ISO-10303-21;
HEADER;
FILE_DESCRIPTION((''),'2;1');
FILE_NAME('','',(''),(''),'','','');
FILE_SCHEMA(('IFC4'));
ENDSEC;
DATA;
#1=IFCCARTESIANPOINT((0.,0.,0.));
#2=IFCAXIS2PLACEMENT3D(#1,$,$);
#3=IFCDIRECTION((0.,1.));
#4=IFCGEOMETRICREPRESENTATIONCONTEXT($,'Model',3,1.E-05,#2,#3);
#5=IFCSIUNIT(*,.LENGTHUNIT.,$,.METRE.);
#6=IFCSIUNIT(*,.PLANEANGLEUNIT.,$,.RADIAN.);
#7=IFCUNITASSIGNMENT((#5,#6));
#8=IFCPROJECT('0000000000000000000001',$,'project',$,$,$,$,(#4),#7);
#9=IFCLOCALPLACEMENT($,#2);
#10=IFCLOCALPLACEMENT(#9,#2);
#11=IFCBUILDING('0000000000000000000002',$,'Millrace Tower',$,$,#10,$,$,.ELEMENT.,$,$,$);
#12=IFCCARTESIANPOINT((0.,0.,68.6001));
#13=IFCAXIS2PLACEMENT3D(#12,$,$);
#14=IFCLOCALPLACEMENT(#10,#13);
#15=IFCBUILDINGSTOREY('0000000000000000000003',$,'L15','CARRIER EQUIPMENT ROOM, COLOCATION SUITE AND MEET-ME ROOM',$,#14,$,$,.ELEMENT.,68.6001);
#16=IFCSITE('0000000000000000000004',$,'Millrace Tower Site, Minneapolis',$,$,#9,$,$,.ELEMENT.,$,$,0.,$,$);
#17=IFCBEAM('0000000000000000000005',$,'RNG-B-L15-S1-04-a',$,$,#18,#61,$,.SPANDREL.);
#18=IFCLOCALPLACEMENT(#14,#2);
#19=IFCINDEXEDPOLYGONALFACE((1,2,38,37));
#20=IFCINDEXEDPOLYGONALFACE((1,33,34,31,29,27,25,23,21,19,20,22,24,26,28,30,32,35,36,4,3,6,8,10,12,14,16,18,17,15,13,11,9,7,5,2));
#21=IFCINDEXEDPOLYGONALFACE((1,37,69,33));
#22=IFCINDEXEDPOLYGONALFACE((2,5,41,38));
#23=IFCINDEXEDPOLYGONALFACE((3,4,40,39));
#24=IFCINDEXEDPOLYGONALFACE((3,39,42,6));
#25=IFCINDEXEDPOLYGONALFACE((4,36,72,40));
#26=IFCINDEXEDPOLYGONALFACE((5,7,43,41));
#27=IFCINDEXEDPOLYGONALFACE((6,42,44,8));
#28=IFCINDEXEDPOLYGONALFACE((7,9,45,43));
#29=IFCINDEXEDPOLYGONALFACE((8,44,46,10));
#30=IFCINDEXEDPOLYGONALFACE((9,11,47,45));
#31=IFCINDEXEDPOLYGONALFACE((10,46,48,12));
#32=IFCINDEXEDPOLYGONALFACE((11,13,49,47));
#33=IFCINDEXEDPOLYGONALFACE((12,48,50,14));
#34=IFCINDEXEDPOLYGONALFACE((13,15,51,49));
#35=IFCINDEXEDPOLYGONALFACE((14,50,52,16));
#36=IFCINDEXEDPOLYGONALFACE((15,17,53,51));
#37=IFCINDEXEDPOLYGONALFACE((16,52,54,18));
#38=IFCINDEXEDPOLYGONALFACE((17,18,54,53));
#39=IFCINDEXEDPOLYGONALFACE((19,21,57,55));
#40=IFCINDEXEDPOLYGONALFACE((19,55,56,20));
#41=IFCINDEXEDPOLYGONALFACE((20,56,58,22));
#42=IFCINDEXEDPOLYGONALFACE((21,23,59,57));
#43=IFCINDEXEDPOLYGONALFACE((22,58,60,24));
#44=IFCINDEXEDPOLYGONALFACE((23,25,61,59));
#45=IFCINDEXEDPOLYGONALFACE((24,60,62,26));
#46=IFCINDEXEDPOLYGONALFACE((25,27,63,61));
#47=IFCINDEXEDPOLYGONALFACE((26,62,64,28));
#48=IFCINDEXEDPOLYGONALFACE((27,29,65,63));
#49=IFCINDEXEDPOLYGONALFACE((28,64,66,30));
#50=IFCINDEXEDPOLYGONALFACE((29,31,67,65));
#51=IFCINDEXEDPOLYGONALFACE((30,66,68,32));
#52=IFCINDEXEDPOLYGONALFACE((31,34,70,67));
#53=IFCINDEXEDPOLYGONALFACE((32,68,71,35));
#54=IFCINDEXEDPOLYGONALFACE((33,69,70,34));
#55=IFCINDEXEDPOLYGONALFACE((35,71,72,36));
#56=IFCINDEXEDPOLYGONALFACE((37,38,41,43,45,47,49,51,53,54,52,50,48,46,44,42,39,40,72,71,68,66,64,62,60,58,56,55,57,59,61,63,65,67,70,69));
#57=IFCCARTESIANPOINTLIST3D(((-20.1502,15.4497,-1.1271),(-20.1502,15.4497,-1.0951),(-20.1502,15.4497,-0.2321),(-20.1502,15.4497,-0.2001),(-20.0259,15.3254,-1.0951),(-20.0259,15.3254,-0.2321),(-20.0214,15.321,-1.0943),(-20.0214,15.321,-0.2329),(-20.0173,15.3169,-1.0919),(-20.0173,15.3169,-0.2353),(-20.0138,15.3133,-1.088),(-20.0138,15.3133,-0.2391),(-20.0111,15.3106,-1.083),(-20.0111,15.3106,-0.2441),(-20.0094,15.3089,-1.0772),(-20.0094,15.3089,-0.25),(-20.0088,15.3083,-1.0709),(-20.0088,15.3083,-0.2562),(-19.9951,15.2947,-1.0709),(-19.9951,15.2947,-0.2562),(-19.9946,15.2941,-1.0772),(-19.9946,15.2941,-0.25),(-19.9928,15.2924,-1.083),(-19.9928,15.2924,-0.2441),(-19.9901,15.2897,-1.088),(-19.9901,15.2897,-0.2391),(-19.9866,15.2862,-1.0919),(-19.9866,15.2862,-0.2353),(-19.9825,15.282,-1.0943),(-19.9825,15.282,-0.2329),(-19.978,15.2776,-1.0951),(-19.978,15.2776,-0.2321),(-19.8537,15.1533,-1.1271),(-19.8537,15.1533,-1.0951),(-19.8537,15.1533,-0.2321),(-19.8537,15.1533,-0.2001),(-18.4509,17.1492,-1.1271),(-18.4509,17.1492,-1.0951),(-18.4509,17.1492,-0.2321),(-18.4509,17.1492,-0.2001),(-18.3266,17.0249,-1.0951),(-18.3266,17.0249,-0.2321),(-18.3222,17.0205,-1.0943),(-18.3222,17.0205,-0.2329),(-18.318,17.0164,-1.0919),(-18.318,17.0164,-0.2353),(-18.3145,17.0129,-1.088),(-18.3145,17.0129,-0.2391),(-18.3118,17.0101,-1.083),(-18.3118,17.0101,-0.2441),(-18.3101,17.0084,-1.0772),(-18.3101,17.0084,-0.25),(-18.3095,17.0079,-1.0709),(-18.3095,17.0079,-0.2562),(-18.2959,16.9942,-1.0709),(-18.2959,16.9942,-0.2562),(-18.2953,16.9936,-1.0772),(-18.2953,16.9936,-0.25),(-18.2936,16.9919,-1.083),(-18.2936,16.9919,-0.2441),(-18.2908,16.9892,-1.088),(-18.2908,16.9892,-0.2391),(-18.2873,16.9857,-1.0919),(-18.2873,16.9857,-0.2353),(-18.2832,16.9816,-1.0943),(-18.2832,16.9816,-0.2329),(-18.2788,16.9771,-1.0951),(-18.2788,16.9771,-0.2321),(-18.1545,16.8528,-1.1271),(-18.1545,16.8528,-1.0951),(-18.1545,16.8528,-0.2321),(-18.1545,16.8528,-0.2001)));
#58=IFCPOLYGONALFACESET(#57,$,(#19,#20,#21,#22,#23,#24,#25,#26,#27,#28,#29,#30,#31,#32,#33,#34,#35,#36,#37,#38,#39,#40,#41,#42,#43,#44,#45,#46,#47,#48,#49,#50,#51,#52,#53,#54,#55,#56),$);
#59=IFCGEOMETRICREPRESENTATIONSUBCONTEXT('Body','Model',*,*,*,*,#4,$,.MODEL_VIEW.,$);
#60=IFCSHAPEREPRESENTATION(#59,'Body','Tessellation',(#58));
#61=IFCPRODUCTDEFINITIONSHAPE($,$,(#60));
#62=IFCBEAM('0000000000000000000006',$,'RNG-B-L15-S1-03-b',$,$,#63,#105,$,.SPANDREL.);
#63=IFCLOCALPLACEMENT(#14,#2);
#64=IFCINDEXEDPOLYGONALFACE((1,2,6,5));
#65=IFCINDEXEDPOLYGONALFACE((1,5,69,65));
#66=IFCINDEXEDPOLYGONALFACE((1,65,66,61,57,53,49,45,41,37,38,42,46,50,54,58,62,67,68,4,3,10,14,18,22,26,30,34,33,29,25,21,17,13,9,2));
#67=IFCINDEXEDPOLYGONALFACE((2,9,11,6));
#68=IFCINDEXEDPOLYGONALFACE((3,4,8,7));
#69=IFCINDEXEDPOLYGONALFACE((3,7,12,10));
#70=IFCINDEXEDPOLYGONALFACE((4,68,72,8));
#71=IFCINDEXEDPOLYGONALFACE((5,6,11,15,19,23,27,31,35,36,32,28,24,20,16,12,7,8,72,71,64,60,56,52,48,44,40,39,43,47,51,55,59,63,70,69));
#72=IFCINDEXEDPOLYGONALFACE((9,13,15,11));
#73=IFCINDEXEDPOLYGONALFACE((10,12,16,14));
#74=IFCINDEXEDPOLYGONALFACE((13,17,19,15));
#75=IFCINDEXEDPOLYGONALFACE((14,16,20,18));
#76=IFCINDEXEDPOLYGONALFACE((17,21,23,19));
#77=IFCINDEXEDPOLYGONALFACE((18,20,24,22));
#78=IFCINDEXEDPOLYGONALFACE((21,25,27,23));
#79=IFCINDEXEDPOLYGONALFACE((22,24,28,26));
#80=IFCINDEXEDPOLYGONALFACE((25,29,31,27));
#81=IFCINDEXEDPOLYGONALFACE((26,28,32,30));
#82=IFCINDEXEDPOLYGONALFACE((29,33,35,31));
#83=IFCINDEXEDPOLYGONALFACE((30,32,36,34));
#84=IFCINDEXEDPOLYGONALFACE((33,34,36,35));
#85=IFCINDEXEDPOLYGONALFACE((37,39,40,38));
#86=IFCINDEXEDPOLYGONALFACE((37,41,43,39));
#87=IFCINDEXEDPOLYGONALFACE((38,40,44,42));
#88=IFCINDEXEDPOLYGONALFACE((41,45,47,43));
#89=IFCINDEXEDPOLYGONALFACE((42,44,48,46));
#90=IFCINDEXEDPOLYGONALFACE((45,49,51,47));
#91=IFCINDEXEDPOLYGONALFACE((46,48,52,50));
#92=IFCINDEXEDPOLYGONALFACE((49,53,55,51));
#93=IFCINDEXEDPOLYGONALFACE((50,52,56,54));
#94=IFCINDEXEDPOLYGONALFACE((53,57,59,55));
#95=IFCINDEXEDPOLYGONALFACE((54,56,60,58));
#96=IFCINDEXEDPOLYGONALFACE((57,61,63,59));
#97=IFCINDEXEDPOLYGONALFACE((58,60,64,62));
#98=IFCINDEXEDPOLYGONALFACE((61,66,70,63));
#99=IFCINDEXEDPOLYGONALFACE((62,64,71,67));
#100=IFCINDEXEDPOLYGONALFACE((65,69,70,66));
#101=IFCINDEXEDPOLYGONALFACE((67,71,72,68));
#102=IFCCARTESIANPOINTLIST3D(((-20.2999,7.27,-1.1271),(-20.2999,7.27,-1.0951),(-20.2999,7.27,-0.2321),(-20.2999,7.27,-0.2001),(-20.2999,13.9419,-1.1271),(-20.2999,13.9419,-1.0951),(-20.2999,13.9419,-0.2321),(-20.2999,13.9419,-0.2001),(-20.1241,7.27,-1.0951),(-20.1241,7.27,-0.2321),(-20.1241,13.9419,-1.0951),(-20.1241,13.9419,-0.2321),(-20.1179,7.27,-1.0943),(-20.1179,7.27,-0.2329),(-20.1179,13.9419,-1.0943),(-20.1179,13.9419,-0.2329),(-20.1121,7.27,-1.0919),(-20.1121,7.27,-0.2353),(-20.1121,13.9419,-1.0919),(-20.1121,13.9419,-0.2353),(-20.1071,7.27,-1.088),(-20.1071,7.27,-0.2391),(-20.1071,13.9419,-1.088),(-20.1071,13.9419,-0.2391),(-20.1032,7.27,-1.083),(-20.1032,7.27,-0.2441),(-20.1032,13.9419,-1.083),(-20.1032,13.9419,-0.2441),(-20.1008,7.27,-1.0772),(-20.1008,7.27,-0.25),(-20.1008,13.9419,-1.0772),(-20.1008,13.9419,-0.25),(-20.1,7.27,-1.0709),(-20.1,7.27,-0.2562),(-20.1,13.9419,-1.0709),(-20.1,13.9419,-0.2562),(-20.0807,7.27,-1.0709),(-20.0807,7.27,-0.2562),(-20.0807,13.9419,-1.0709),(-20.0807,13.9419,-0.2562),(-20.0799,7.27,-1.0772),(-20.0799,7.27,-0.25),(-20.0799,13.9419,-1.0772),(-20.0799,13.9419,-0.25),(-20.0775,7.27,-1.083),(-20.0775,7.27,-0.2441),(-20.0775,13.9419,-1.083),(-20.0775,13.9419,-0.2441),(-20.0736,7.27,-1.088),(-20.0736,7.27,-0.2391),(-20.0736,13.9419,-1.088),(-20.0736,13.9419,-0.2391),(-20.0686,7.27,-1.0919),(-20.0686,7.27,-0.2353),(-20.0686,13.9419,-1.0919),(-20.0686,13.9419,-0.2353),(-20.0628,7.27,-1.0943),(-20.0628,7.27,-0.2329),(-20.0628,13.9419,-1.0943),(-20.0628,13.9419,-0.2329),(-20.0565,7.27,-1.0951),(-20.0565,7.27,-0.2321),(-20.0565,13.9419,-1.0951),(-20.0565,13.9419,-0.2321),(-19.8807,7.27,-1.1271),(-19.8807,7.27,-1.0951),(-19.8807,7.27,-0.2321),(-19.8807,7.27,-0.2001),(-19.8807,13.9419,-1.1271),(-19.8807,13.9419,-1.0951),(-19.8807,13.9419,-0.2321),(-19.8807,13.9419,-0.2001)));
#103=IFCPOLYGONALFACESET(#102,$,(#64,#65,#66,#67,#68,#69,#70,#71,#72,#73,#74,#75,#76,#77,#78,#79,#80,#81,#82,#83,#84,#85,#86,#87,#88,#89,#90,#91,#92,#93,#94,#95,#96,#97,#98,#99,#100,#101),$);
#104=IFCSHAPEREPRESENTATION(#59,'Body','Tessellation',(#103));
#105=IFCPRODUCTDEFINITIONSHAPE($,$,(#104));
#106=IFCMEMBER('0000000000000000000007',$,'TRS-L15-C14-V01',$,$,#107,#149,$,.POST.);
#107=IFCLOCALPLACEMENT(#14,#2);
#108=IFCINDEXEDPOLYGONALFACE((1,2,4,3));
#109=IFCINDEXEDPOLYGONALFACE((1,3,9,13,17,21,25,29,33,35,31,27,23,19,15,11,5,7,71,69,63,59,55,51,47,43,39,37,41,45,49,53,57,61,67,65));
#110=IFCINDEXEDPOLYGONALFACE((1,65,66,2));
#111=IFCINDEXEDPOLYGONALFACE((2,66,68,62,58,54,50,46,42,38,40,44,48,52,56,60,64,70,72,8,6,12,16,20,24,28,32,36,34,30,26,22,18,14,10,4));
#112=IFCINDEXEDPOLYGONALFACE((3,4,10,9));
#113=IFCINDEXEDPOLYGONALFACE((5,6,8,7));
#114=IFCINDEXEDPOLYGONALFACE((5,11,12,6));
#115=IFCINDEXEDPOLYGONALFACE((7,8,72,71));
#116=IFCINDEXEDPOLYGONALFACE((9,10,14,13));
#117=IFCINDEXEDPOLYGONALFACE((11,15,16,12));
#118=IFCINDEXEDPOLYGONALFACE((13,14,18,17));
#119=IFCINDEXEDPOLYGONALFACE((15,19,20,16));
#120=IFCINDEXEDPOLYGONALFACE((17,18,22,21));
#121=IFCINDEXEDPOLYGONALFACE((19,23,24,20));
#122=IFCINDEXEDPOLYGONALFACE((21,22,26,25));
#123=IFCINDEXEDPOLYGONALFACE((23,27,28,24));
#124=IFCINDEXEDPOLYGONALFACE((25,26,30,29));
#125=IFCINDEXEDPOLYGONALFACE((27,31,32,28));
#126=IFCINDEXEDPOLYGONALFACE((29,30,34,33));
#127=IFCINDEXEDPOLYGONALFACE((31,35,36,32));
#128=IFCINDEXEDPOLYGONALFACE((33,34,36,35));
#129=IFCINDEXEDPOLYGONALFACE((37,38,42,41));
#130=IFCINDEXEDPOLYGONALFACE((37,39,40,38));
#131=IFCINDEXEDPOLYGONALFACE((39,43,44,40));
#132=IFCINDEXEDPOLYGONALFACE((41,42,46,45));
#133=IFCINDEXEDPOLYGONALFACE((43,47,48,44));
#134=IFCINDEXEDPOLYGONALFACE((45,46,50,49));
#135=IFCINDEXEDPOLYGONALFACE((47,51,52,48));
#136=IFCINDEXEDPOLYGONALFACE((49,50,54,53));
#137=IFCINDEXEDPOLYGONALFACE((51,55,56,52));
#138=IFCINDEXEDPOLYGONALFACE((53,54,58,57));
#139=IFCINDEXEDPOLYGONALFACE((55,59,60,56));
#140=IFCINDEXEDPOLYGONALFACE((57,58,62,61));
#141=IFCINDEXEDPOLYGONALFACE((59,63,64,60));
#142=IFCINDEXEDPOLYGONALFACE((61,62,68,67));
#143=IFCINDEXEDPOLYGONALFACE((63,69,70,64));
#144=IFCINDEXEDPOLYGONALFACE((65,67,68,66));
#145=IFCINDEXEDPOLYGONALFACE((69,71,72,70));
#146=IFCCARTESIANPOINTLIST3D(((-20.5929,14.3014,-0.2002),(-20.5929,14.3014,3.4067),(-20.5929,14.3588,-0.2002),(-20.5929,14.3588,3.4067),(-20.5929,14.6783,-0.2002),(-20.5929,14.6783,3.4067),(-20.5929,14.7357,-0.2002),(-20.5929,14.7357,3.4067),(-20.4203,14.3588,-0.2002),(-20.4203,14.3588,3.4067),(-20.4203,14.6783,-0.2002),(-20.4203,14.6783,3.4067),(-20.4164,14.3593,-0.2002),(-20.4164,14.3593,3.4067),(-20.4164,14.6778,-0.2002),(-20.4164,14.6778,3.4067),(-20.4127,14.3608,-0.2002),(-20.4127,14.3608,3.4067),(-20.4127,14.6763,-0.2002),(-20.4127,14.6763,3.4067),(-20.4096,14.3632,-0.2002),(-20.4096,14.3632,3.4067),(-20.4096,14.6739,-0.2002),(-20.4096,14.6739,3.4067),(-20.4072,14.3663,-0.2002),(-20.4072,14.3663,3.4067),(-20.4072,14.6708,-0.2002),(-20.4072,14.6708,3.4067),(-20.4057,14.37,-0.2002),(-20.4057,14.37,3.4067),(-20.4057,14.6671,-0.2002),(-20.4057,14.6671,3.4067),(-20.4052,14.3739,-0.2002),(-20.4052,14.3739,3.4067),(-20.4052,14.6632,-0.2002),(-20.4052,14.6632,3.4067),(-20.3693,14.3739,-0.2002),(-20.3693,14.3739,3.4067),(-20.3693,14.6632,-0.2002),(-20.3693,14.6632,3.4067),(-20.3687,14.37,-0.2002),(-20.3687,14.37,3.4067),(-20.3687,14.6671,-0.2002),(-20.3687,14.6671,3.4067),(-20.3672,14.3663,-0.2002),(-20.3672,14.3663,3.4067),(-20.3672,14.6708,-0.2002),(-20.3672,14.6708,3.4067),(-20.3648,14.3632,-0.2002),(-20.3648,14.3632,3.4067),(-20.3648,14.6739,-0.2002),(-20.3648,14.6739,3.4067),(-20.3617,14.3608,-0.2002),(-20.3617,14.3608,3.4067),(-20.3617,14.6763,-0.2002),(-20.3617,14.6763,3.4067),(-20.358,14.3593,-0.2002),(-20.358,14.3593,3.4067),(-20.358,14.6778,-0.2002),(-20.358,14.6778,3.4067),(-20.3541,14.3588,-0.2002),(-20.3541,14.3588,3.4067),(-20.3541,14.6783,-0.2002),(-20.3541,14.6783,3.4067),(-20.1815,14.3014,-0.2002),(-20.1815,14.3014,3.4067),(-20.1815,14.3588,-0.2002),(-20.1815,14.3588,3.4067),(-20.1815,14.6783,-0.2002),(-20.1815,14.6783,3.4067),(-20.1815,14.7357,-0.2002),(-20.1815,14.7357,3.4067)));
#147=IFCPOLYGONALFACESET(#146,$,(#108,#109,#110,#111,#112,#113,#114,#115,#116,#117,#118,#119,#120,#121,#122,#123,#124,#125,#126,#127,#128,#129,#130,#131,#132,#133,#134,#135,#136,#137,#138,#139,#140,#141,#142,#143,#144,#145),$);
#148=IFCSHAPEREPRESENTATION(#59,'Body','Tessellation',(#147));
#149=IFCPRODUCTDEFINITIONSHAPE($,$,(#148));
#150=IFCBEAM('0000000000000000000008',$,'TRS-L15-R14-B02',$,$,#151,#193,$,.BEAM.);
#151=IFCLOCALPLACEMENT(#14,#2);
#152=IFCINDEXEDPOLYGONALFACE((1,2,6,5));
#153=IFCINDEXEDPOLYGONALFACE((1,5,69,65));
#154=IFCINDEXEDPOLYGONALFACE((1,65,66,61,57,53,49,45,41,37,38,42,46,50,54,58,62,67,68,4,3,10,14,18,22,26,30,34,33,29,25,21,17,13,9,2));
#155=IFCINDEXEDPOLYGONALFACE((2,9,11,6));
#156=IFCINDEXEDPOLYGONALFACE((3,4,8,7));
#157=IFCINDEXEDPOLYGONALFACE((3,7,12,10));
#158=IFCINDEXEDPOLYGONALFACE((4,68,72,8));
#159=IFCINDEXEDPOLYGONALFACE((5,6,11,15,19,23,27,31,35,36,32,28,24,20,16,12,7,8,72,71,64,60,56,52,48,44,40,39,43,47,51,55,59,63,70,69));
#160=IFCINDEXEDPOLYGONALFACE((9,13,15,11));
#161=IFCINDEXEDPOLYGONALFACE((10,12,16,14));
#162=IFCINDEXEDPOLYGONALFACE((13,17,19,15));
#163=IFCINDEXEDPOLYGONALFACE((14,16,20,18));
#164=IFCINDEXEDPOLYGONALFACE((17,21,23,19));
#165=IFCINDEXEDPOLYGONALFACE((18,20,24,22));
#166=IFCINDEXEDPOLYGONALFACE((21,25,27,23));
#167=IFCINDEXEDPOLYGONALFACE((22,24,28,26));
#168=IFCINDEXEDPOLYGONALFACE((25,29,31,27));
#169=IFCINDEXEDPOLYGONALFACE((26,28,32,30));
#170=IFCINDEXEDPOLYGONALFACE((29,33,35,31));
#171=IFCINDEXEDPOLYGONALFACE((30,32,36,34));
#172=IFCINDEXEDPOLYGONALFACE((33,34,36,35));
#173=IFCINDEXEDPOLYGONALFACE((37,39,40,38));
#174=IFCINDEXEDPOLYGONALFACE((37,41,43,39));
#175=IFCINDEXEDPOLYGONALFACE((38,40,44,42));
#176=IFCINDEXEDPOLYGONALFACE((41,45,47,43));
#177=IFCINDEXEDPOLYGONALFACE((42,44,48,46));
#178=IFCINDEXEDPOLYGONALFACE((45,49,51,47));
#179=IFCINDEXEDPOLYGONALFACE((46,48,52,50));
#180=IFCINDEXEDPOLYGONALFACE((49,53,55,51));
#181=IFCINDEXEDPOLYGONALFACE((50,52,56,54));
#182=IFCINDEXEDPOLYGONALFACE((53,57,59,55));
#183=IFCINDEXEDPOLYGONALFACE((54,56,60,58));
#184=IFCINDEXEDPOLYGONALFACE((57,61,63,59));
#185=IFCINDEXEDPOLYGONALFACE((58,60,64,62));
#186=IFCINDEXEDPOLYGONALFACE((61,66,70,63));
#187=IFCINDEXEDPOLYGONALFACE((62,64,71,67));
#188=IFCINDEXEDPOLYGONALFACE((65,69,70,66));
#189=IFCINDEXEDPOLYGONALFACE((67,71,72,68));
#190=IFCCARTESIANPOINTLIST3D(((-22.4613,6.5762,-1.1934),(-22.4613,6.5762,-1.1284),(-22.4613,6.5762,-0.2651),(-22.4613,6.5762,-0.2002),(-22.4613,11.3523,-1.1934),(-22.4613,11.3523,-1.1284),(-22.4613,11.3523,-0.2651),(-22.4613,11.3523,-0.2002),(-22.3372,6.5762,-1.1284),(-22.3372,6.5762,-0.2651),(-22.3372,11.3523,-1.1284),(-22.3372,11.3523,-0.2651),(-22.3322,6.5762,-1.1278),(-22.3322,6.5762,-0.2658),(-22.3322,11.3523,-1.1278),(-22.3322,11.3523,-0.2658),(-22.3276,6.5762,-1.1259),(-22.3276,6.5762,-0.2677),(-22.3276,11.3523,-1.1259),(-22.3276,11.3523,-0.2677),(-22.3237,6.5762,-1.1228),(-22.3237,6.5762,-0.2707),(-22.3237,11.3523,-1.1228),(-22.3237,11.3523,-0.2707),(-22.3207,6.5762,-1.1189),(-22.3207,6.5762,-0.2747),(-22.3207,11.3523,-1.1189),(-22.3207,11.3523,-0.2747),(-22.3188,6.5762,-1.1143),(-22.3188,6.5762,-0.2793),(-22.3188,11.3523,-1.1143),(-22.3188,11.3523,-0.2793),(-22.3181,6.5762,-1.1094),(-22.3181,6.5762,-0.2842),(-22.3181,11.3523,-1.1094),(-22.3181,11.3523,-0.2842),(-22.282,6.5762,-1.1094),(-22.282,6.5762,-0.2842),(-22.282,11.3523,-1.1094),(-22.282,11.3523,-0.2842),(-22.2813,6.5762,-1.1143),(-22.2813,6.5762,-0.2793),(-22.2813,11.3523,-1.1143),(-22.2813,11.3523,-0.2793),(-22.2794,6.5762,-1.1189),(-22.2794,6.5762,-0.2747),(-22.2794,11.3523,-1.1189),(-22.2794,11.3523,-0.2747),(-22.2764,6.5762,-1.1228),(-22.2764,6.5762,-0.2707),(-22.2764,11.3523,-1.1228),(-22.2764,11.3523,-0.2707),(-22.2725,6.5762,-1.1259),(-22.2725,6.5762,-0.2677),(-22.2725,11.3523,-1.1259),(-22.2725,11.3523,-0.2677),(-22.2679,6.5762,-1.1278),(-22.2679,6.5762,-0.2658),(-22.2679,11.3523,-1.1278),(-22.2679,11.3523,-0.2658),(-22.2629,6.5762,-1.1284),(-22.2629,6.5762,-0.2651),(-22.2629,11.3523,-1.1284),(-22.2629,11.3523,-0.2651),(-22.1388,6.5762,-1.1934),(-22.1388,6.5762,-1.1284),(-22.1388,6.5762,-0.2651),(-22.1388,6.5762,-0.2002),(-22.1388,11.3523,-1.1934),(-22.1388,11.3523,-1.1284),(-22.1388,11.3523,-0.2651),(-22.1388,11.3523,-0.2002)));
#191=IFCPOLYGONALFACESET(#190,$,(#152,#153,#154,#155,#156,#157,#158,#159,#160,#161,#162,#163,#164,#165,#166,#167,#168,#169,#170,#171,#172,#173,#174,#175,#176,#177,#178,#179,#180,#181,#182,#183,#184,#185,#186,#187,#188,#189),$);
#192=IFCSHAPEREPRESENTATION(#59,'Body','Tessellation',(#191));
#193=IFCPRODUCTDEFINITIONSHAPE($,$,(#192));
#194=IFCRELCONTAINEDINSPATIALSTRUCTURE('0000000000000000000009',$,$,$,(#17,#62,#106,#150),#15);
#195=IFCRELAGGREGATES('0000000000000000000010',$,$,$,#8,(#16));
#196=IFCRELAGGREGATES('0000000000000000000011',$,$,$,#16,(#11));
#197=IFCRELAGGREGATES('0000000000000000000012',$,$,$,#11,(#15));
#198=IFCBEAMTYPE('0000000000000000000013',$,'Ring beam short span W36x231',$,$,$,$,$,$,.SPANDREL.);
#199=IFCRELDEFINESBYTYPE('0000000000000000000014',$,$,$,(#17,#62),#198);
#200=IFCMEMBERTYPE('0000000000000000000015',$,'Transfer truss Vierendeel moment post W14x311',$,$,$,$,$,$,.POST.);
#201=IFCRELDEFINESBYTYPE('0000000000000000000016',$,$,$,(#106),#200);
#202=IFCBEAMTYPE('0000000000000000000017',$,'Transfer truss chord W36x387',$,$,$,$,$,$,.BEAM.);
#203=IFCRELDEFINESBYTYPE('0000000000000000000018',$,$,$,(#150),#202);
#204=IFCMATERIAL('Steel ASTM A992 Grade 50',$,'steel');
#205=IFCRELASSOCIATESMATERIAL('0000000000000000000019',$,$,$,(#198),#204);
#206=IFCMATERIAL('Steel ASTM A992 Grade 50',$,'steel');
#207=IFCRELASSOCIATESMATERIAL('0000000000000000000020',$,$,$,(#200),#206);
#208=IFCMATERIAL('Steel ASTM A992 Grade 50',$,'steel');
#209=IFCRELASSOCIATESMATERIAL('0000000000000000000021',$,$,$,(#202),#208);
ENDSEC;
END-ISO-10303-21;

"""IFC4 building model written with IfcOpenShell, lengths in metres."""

from ifc_helpers import new_model, si_unit, direction, frame, origin, origin_2d, place, context, subcontext, project, spatial, i_section, extrude, material, material_profile, profile_set, type_object, element, save


model = new_model("IFC4")

# Units and contexts
model_context = context("Model", 3, precision=1e-05, world=origin(), true_north=direction((0.0, 1.0)))
body_context = subcontext(model_context, "Body", "Model", "MODEL_VIEW")
ifc_project = project(units=[si_unit("LENGTHUNIT", "METRE"), si_unit("PLANEANGLEUNIT", "RADIAN")], contexts=[model_context])

# Site, building, storey
site_placement = place(None, origin())
site = spatial("IfcSite", under=ifc_project, at=site_placement, Name="Millrace Tower Site, Minneapolis", CompositionType="ELEMENT", RefElevation=0.0)
building_placement = place(site_placement, origin())
building = spatial("IfcBuilding", under=site, at=building_placement, Name="Millrace Tower", CompositionType="ELEMENT")
storey_placement = place(building_placement, frame((0.0, 0.0, 68.6001)))
storey = spatial("IfcBuildingStorey", under=building, at=storey_placement, Name="L15", Description="CARRIER EQUIPMENT ROOM, COLOCATION SUITE AND MEET-ME ROOM", CompositionType="ELEMENT", Elevation=68.6001)

# Beams
ifc_material_1 = material(Name="Steel ASTM A992 Grade 50", Category="steel")
ifc_material_profile_1 = material_profile(ifc_material_1, i_section(OverallWidth=0.4192, OverallDepth=0.927, WebThickness=0.0193, FlangeThickness=0.032, FilletRadius=0.0242, at=origin_2d()))
ifc_profile_set_1 = profile_set([ifc_material_profile_1], Name="Steel ASTM A992 Grade 50")
beam_type_1 = type_object("IfcBeamType", Name="Ring beam short span W36x231", PredefinedType="SPANDREL", material=ifc_profile_set_1)
beam_1_placement = place(storey_placement, frame((-20.002, 15.3015, -0.6636), z_axis=(0.707056, 0.707158, 0.0), x_axis=(-0.707158, 0.707056, 0.0)))
element("IfcBeam", 1, at=beam_1_placement, inside=storey, type_object=beam_type_1, Name="RNG-B-L15-S1-04-a", PredefinedType="SPANDREL", context=body_context, shape_type="SweptSolid", body=[
    extrude(i_section(OverallWidth=0.4192, OverallDepth=0.927, WebThickness=0.0193, FlangeThickness=0.032, FilletRadius=0.0242, at=origin_2d()), origin(), (0.0, 0.0, 1.0), 2.4033),
])
beam_2_placement = place(storey_placement, frame((-20.0903, 7.27, -0.6636), z_axis=(0.0, 1.0, 0.0), x_axis=(-1.0, 0.0, 0.0)))
element("IfcBeam", 2, at=beam_2_placement, inside=storey, type_object=beam_type_1, Name="RNG-B-L15-S1-03-b", PredefinedType="SPANDREL", context=body_context, shape_type="SweptSolid", body=[
    extrude(i_section(OverallWidth=0.4192, OverallDepth=0.927, WebThickness=0.0193, FlangeThickness=0.032, FilletRadius=0.0242, at=origin_2d()), origin(), (0.0, 0.0, 1.0), 6.6719),
])

# Member
ifc_material_2 = material(Name="Steel ASTM A992 Grade 50", Category="steel")
ifc_material_profile_2 = material_profile(ifc_material_2, i_section(OverallWidth=0.4114, OverallDepth=0.4343, WebThickness=0.0359, FlangeThickness=0.0574, FilletRadius=0.0151, at=origin_2d()))
ifc_profile_set_2 = profile_set([ifc_material_profile_2], Name="Steel ASTM A992 Grade 50")
member_type_1 = type_object("IfcMemberType", Name="Transfer truss Vierendeel moment post W14x311", PredefinedType="POST", material=ifc_profile_set_2)
member_1_placement = place(storey_placement, frame((-20.3872, 14.5186, -0.2002), z_axis=(0.0, 0.0, 1.0), x_axis=(1.0, 0.0, 0.0)))
element("IfcMember", 3, at=member_1_placement, inside=storey, type_object=member_type_1, Name="TRS-L15-C14-V01", PredefinedType="POST", context=body_context, shape_type="SweptSolid", body=[
    extrude(i_section(OverallWidth=0.4114, OverallDepth=0.4343, WebThickness=0.0359, FlangeThickness=0.0574, FilletRadius=0.0151, at=origin_2d()), origin(), (0.0, 0.0, 1.0), 3.6069),
])

# Beam
ifc_material_3 = material(Name="Steel ASTM A992 Grade 50", Category="steel")
ifc_material_profile_3 = material_profile(ifc_material_3, i_section(OverallWidth=0.3225, OverallDepth=0.9932, WebThickness=0.0361, FlangeThickness=0.0649, FilletRadius=0.019, at=origin_2d()))
ifc_profile_set_3 = profile_set([ifc_material_profile_3], Name="Steel ASTM A992 Grade 50")
beam_type_2 = type_object("IfcBeamType", Name="Transfer truss chord W36x387", PredefinedType="BEAM", material=ifc_profile_set_3)
for number, where, z_axis, x_axis, name in (
    (4, (-22.3, 11.3523, -0.6968), (0.0, -1.0, 0.0), (1.0, 0.0, 0.0), "TRS-L15-R14-B02"),
):
    element("IfcBeam", number, at=place(storey_placement, frame(where, z_axis=z_axis, x_axis=x_axis)), inside=storey, type_object=beam_type_2, Name=name, PredefinedType="BEAM", context=body_context, shape_type="SweptSolid", body=[
        extrude(i_section(OverallWidth=0.3225, OverallDepth=0.9932, WebThickness=0.0361, FlangeThickness=0.0649, FilletRadius=0.019, at=origin_2d()), origin(), (0.0, 0.0, 1.0), 4.7761),
    ])

save(model, "model.ifc")
